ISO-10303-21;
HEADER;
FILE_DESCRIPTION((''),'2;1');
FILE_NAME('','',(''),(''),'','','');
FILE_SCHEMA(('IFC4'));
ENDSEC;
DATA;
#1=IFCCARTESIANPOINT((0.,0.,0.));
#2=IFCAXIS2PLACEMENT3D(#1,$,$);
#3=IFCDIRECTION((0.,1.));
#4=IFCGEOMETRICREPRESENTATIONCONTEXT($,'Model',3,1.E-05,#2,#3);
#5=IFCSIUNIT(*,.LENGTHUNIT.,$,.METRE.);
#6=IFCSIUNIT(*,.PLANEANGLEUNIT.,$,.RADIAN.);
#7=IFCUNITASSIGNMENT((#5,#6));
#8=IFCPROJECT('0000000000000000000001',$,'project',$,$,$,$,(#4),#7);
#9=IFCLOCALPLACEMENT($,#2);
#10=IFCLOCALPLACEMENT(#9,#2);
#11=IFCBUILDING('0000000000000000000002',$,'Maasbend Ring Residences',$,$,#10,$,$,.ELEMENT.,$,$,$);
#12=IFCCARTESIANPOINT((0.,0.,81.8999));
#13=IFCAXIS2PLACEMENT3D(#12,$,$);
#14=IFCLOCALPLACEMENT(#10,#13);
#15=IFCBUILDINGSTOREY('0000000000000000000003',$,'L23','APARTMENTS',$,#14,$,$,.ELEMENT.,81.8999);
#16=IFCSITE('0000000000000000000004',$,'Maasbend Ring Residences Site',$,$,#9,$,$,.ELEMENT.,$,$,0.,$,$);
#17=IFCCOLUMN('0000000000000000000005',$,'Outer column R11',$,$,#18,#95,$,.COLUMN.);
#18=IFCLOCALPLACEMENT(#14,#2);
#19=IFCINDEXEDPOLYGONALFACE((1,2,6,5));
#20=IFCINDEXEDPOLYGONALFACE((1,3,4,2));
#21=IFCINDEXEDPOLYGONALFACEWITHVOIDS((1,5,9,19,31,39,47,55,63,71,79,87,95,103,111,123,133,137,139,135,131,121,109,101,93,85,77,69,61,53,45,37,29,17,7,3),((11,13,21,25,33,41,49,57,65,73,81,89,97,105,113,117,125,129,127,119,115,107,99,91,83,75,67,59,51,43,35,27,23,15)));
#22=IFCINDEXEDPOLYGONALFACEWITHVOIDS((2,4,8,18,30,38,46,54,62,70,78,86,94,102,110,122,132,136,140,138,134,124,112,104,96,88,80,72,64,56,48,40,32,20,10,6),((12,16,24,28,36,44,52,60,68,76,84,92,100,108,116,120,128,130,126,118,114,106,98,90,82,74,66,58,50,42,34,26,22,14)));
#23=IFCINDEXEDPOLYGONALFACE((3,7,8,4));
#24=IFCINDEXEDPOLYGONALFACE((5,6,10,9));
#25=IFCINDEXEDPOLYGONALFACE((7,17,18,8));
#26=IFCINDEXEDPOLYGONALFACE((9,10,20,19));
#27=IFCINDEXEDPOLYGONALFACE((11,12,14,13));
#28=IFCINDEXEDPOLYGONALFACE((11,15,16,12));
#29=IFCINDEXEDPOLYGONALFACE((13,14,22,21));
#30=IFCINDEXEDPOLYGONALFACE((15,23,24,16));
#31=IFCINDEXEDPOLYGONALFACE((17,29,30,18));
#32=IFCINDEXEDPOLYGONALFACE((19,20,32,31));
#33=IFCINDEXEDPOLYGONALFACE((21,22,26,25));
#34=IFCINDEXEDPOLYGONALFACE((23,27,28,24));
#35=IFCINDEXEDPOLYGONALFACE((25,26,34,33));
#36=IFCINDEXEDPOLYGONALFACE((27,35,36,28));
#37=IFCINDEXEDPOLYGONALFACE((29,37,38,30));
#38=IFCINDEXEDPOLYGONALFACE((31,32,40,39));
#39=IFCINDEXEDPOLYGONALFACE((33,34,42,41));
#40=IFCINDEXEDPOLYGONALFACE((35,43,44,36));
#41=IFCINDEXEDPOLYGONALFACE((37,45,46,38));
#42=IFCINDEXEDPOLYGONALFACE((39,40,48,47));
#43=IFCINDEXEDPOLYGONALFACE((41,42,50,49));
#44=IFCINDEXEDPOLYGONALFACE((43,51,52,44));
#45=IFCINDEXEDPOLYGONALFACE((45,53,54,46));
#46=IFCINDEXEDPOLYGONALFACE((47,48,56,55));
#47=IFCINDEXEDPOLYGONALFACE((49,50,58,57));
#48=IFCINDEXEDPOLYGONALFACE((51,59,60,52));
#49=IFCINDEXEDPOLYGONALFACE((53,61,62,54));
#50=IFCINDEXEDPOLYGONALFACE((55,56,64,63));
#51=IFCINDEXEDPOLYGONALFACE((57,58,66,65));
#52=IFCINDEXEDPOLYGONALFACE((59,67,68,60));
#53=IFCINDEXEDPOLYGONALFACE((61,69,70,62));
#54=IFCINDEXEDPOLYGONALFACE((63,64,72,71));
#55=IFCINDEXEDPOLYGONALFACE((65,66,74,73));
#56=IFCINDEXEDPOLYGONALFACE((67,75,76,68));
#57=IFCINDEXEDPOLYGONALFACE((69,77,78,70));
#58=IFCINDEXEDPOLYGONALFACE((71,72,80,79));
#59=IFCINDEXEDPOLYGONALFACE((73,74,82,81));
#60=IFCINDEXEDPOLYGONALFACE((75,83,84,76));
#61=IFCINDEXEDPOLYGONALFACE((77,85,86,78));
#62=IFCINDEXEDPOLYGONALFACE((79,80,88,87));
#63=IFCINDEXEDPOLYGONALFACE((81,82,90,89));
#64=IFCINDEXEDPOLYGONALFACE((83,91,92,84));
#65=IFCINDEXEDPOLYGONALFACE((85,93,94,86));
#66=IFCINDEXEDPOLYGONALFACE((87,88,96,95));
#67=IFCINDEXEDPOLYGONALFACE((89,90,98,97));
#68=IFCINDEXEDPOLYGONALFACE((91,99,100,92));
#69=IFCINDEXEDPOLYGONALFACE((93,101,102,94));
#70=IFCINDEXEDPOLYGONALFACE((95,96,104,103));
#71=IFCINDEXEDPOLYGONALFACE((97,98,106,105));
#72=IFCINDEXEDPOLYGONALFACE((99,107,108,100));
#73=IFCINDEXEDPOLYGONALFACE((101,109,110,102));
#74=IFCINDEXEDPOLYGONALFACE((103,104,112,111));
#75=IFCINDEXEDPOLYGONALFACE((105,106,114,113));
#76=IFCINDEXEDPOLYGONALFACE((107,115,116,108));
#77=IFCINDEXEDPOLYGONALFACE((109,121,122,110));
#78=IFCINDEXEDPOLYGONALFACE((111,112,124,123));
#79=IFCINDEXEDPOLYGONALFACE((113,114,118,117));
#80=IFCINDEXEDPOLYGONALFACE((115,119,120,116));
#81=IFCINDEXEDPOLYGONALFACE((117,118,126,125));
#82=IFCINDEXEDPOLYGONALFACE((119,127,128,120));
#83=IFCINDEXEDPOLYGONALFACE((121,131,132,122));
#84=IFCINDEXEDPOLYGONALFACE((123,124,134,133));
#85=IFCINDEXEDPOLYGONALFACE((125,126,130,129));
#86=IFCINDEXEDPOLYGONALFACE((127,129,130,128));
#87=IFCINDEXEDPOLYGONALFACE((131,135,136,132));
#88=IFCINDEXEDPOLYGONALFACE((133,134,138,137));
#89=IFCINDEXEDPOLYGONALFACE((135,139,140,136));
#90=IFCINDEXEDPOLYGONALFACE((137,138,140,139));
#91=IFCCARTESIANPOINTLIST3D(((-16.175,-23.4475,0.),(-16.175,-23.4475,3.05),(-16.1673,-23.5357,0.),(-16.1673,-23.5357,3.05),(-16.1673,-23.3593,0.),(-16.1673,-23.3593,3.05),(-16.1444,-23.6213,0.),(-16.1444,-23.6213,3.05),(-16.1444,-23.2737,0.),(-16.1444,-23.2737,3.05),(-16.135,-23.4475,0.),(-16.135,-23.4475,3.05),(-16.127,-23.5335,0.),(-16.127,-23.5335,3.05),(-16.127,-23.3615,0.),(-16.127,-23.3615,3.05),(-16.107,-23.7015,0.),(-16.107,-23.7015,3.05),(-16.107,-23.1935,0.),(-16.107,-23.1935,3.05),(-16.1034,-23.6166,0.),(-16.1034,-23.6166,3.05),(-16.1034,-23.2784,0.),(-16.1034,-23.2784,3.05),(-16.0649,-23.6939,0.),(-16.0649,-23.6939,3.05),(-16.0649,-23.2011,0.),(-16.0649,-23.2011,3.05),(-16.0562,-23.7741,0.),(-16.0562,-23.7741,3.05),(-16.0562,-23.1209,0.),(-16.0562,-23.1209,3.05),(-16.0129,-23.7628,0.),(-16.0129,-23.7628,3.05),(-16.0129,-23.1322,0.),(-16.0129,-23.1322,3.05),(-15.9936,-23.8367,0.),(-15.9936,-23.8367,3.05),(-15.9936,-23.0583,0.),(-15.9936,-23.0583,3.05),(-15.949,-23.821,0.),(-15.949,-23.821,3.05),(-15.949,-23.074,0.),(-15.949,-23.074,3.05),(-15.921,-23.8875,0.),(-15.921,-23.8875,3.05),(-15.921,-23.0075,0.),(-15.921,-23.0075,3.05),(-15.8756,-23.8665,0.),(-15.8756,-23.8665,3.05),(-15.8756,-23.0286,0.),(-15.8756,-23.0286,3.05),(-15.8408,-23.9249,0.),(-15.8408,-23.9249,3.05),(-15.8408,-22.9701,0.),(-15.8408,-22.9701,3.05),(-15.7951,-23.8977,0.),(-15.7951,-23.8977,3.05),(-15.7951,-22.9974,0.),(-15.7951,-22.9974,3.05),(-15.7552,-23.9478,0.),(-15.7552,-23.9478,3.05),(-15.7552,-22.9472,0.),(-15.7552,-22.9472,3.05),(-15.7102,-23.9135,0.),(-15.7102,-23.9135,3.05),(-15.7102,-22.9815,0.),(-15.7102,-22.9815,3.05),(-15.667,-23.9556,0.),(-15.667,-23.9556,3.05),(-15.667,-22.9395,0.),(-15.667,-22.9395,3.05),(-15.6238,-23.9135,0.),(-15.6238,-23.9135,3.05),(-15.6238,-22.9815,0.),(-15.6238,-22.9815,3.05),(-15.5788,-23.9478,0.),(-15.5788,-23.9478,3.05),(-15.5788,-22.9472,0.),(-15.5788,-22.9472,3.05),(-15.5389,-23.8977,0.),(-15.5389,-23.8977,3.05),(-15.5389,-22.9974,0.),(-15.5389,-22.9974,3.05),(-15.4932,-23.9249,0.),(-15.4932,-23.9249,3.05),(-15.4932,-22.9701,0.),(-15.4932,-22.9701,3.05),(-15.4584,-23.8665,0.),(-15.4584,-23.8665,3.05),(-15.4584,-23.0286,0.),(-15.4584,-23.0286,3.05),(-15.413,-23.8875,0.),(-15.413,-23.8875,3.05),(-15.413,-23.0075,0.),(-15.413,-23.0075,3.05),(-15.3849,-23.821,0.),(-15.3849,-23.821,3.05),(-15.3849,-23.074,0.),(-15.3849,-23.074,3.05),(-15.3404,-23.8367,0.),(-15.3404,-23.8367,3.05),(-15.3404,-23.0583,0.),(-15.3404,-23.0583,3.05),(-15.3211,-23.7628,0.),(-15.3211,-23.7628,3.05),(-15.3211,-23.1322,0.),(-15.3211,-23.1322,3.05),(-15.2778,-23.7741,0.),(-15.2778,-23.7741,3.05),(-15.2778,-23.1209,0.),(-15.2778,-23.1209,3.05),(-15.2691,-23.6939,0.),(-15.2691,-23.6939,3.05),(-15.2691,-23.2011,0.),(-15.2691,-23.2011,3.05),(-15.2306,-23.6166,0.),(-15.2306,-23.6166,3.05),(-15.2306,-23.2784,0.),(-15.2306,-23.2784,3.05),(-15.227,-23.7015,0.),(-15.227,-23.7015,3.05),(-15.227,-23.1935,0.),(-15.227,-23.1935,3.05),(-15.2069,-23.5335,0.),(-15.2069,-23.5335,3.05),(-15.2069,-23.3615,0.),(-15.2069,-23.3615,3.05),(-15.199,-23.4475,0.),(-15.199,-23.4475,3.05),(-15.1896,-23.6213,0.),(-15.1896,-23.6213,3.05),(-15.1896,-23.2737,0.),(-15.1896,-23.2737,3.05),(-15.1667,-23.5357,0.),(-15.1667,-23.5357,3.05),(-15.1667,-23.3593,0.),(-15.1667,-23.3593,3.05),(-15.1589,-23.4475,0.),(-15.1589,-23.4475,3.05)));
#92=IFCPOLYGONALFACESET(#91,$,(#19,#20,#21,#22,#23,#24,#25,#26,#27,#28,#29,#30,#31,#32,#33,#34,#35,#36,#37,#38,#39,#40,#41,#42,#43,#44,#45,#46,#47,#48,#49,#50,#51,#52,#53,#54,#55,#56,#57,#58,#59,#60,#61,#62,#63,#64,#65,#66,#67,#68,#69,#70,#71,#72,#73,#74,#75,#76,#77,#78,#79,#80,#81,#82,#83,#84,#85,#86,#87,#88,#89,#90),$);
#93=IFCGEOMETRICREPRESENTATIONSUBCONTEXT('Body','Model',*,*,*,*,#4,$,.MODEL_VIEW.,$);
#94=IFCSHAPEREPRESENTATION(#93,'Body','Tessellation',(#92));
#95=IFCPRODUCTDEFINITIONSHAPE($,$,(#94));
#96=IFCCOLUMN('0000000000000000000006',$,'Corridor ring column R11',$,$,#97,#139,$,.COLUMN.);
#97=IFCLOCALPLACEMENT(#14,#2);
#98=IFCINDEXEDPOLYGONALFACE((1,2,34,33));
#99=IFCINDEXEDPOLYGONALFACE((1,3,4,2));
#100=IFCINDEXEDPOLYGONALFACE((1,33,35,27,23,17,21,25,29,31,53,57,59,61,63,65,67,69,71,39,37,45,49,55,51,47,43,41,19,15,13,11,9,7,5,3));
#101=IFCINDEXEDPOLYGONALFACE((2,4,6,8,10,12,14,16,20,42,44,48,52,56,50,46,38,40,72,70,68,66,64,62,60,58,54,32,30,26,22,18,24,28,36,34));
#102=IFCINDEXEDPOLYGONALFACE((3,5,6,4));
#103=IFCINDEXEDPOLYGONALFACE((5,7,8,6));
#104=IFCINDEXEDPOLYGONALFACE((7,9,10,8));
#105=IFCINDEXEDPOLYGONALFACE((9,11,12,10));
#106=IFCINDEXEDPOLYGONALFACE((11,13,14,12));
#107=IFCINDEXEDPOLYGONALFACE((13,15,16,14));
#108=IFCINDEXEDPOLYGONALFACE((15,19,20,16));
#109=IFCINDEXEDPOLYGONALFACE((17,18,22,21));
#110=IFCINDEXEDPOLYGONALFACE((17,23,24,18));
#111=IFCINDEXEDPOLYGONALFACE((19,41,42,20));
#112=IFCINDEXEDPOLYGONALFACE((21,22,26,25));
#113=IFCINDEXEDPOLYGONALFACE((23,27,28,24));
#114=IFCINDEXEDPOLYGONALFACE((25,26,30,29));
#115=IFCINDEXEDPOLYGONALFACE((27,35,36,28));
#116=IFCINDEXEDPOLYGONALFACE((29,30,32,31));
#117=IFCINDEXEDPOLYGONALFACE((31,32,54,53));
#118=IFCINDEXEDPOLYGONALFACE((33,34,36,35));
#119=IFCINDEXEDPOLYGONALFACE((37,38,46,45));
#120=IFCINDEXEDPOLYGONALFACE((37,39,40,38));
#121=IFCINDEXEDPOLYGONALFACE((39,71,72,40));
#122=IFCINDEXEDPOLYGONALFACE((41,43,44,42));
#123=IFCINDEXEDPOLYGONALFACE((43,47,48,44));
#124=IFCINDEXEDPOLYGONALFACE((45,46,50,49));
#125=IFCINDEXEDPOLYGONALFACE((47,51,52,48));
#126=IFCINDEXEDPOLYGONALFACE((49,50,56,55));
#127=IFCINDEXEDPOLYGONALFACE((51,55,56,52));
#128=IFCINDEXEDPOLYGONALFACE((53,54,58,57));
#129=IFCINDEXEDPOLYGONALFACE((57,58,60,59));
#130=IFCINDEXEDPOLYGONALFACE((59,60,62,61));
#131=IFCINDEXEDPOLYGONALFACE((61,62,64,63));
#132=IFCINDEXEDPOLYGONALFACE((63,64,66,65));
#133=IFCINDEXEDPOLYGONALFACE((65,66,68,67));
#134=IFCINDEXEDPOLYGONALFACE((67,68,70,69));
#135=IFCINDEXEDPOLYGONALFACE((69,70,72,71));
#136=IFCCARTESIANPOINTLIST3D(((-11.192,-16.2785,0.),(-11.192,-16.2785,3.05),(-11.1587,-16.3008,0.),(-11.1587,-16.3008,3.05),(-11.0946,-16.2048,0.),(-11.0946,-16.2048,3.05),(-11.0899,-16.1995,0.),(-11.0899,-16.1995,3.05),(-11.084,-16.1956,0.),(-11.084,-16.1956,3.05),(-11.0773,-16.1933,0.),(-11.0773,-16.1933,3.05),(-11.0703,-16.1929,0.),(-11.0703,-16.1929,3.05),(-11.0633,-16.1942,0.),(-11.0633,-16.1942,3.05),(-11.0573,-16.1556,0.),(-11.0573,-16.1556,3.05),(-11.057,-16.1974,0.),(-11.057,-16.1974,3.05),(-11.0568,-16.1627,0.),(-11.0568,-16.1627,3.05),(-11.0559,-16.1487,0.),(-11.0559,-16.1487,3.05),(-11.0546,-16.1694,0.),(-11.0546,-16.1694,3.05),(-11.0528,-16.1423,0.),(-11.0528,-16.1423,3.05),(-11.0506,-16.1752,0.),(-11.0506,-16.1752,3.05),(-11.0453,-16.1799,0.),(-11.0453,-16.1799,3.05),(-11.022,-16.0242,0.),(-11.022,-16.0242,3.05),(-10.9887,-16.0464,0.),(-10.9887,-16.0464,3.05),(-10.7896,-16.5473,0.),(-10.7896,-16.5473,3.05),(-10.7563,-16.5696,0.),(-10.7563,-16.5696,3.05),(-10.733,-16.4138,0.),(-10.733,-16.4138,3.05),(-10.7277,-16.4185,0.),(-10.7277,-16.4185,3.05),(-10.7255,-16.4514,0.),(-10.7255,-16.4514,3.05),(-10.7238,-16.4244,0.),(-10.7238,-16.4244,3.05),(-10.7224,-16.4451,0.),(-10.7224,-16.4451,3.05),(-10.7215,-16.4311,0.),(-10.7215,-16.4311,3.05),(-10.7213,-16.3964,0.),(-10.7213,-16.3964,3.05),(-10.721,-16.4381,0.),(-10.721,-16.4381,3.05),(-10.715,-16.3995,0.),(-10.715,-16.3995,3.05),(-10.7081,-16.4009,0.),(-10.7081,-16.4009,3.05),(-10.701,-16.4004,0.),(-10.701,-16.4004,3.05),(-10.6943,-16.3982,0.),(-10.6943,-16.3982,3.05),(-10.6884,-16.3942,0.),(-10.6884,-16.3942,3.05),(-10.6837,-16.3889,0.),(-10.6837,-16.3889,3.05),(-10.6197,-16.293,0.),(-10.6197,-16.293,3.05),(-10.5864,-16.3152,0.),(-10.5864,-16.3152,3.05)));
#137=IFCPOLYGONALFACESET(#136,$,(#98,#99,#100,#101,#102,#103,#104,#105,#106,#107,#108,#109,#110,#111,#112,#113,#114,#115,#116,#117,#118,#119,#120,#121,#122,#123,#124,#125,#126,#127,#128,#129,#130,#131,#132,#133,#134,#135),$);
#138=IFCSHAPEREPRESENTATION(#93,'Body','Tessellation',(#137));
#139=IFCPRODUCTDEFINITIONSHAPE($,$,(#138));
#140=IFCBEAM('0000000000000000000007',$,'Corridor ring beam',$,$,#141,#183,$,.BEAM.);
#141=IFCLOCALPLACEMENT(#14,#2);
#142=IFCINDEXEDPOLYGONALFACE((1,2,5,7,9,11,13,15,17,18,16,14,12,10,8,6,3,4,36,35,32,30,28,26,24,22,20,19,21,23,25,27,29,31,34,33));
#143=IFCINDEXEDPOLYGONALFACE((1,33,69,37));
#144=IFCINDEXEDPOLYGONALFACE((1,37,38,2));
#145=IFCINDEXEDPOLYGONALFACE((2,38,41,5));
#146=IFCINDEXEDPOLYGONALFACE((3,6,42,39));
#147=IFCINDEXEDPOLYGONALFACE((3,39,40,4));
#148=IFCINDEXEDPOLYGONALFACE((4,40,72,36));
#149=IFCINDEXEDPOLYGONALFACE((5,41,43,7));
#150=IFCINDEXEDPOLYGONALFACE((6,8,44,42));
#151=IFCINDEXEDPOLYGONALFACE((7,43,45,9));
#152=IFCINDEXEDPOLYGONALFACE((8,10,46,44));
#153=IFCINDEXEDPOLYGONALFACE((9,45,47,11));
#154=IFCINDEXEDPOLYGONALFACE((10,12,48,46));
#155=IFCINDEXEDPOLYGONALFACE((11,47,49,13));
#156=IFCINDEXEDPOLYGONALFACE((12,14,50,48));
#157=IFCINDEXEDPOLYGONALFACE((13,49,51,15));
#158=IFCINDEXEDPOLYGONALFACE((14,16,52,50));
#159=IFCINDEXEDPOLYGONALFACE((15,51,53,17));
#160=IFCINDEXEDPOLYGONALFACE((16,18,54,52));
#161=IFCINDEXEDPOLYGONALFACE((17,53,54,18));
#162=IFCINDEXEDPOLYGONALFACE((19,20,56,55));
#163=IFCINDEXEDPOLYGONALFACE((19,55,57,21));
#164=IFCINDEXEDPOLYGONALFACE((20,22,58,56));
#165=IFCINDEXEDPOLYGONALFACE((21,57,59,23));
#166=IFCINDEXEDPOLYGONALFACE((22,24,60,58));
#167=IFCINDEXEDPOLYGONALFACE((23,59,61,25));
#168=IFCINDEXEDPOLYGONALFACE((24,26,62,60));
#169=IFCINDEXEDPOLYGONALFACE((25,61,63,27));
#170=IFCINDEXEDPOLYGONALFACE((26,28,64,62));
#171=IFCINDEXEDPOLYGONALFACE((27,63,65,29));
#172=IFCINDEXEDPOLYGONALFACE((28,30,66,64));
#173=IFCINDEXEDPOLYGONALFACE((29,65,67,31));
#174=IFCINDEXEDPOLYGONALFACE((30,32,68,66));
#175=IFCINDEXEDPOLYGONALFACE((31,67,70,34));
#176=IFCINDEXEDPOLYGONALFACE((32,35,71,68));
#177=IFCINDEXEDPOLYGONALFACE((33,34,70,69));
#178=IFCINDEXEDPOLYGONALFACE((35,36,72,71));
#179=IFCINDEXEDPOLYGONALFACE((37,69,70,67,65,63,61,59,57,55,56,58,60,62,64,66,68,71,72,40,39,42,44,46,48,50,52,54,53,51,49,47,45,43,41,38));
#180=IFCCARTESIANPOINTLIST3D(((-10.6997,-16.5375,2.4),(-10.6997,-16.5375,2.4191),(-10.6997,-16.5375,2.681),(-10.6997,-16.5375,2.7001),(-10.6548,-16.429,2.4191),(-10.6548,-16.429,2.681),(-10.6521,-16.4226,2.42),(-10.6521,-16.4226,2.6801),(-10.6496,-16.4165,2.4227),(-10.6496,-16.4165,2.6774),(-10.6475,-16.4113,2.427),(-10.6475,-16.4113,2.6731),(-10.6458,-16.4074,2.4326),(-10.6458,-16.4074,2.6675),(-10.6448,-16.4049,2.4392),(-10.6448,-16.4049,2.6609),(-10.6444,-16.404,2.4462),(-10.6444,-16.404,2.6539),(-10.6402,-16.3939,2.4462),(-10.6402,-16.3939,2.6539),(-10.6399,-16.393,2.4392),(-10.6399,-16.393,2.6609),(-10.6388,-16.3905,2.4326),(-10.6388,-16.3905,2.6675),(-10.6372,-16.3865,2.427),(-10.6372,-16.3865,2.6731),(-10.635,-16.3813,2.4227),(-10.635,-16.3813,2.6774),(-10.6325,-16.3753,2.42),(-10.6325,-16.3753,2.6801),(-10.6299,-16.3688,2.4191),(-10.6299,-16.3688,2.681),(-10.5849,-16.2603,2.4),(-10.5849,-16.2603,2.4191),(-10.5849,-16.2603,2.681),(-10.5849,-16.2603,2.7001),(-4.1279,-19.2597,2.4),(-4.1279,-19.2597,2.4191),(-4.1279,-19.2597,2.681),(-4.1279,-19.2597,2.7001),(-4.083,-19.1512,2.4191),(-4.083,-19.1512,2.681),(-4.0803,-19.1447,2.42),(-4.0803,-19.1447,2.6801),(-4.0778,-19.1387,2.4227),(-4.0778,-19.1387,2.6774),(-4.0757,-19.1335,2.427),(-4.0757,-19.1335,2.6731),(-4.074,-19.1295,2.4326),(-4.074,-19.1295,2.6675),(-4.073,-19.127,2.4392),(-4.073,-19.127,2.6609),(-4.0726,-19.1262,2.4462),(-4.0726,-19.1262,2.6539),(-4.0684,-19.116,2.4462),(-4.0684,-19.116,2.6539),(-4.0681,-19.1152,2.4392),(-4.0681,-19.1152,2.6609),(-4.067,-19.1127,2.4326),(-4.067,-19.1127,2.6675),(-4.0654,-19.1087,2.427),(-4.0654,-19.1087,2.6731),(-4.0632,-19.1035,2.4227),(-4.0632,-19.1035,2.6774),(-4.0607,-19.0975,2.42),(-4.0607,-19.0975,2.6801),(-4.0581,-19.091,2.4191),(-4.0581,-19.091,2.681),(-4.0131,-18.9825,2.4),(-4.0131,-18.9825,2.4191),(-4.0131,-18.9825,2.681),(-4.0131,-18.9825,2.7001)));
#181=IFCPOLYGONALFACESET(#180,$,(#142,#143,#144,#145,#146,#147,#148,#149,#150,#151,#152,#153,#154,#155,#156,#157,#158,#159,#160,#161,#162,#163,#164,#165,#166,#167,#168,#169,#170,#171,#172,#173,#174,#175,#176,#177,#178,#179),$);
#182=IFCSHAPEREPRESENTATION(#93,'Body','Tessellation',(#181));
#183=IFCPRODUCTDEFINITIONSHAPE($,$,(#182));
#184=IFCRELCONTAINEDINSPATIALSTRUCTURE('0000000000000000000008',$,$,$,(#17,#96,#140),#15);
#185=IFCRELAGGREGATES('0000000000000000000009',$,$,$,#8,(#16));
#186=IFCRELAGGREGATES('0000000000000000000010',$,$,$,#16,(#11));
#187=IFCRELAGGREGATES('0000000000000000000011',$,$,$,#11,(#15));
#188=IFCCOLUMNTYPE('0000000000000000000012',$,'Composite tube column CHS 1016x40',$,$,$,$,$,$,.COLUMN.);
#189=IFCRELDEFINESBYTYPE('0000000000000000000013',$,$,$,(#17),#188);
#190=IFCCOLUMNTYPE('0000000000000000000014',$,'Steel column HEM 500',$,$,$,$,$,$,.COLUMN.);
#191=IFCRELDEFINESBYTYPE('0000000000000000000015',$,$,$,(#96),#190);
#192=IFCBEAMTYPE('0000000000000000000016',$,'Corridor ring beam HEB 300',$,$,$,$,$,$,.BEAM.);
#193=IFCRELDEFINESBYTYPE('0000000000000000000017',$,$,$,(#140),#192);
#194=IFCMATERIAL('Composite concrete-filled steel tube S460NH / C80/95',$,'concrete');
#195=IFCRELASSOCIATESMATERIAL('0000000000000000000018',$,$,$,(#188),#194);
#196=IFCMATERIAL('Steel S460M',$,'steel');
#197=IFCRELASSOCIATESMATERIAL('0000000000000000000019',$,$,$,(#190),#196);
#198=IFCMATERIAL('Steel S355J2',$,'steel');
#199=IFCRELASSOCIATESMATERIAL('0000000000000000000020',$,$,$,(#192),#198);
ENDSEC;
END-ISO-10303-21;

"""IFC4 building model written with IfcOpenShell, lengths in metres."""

from ifc_helpers import new_model, si_unit, direction, frame, origin, origin_2d, place, context, subcontext, project, spatial, hollow_circle, i_section, extrude, material, material_profile, profile_set, type_object, element, save


model = new_model("IFC4")

# Units and contexts
model_context = context("Model", 3, precision=1e-05, world=origin(), true_north=direction((0.0, 1.0)))
body_context = subcontext(model_context, "Body", "Model", "MODEL_VIEW")
ifc_project = project(units=[si_unit("LENGTHUNIT", "METRE"), si_unit("PLANEANGLEUNIT", "RADIAN")], contexts=[model_context])

# Site, building, storey
site_placement = place(None, origin())
site = spatial("IfcSite", under=ifc_project, at=site_placement, Name="Maasbend Ring Residences Site", CompositionType="ELEMENT", RefElevation=0.0)
building_placement = place(site_placement, origin())
building = spatial("IfcBuilding", under=site, at=building_placement, Name="Maasbend Ring Residences", CompositionType="ELEMENT")
storey_placement = place(building_placement, frame((0.0, 0.0, 81.8999)))
storey = spatial("IfcBuildingStorey", under=building, at=storey_placement, Name="L23", Description="APARTMENTS", CompositionType="ELEMENT", Elevation=81.8999)

# Columns
ifc_material_1 = material(Name="Composite concrete-filled steel tube S460NH / C80/95", Category="concrete")
ifc_material_profile_1 = material_profile(ifc_material_1, hollow_circle(Radius=0.5081, WallThickness=0.04, at=origin_2d()), Name="Composite tube column CHS 1016x40")
ifc_profile_set_1 = profile_set([ifc_material_profile_1], Name="Composite concrete-filled steel tube S460NH / C80/95")
column_type_1 = type_object("IfcColumnType", Name="Composite tube column CHS 1016x40", PredefinedType="COLUMN", material=ifc_profile_set_1)
column_1_placement = place(storey_placement, frame((-15.667, -23.4475, 0.0), z_axis=(0.0, 0.0, 1.0), x_axis=(1.0, 0.0, 0.0)))
element("IfcColumn", 1, at=column_1_placement, inside=storey, type_object=column_type_1, Name="Outer column R11", PredefinedType="COLUMN", context=body_context, shape_type="SweptSolid", body=[
    extrude(hollow_circle(Radius=0.5081, WallThickness=0.04, at=origin_2d()), origin(), (0.0, 0.0, 1.0), 3.05),
])
ifc_material_2 = material(Name="Steel S460M", Category="steel")
ifc_material_profile_2 = material_profile(ifc_material_2, i_section(OverallWidth=0.3059, OverallDepth=0.5239, WebThickness=0.021, FlangeThickness=0.04, FilletRadius=0.0271, at=origin_2d()), Name="HEM 500")
ifc_profile_set_2 = profile_set([ifc_material_profile_2], Name="Steel S460M")
column_type_2 = type_object("IfcColumnType", Name="Steel column HEM 500", PredefinedType="COLUMN", material=ifc_profile_set_2)
column_2_placement = place(storey_placement, frame((-10.8892, -16.2969, 0.0), z_axis=(0.0, 0.0, 1.0), x_axis=(-0.55557, -0.83147, 0.0)))
element("IfcColumn", 2, at=column_2_placement, inside=storey, type_object=column_type_2, Name="Corridor ring column R11", PredefinedType="COLUMN", context=body_context, shape_type="SweptSolid", body=[
    extrude(i_section(OverallWidth=0.3059, OverallDepth=0.5239, WebThickness=0.021, FlangeThickness=0.04, FilletRadius=0.0271, at=origin_2d()), origin(), (0.0, 0.0, 1.0), 3.05),
])

# Beam
ifc_material_3 = material(Name="Steel S355J2", Category="steel")
ifc_material_profile_3 = material_profile(ifc_material_3, i_section(OverallWidth=0.3, OverallDepth=0.3, WebThickness=0.011, FlangeThickness=0.019, FilletRadius=0.0271, at=origin_2d()), Name="HEB 300")
ifc_profile_set_3 = profile_set([ifc_material_profile_3], Name="Steel S355J2")
beam_type_1 = type_object("IfcBeamType", Name="Corridor ring beam HEB 300", PredefinedType="BEAM", material=ifc_profile_set_3)
beam_1_placement = place(storey_placement, frame((-10.6423, -16.3989, 2.55), z_axis=(0.923877, -0.382689, 0.0), x_axis=(0.382689, 0.923877, 0.0)))
element("IfcBeam", 3, at=beam_1_placement, inside=storey, type_object=beam_type_1, Name="Corridor ring beam", PredefinedType="BEAM", context=body_context, shape_type="SweptSolid", body=[
    extrude(i_section(OverallWidth=0.3, OverallDepth=0.3, WebThickness=0.011, FlangeThickness=0.019, FilletRadius=0.0271, at=origin_2d()), origin(), (0.0, 0.0, 1.0), 7.1133),
])

save(model, "model.ifc")
